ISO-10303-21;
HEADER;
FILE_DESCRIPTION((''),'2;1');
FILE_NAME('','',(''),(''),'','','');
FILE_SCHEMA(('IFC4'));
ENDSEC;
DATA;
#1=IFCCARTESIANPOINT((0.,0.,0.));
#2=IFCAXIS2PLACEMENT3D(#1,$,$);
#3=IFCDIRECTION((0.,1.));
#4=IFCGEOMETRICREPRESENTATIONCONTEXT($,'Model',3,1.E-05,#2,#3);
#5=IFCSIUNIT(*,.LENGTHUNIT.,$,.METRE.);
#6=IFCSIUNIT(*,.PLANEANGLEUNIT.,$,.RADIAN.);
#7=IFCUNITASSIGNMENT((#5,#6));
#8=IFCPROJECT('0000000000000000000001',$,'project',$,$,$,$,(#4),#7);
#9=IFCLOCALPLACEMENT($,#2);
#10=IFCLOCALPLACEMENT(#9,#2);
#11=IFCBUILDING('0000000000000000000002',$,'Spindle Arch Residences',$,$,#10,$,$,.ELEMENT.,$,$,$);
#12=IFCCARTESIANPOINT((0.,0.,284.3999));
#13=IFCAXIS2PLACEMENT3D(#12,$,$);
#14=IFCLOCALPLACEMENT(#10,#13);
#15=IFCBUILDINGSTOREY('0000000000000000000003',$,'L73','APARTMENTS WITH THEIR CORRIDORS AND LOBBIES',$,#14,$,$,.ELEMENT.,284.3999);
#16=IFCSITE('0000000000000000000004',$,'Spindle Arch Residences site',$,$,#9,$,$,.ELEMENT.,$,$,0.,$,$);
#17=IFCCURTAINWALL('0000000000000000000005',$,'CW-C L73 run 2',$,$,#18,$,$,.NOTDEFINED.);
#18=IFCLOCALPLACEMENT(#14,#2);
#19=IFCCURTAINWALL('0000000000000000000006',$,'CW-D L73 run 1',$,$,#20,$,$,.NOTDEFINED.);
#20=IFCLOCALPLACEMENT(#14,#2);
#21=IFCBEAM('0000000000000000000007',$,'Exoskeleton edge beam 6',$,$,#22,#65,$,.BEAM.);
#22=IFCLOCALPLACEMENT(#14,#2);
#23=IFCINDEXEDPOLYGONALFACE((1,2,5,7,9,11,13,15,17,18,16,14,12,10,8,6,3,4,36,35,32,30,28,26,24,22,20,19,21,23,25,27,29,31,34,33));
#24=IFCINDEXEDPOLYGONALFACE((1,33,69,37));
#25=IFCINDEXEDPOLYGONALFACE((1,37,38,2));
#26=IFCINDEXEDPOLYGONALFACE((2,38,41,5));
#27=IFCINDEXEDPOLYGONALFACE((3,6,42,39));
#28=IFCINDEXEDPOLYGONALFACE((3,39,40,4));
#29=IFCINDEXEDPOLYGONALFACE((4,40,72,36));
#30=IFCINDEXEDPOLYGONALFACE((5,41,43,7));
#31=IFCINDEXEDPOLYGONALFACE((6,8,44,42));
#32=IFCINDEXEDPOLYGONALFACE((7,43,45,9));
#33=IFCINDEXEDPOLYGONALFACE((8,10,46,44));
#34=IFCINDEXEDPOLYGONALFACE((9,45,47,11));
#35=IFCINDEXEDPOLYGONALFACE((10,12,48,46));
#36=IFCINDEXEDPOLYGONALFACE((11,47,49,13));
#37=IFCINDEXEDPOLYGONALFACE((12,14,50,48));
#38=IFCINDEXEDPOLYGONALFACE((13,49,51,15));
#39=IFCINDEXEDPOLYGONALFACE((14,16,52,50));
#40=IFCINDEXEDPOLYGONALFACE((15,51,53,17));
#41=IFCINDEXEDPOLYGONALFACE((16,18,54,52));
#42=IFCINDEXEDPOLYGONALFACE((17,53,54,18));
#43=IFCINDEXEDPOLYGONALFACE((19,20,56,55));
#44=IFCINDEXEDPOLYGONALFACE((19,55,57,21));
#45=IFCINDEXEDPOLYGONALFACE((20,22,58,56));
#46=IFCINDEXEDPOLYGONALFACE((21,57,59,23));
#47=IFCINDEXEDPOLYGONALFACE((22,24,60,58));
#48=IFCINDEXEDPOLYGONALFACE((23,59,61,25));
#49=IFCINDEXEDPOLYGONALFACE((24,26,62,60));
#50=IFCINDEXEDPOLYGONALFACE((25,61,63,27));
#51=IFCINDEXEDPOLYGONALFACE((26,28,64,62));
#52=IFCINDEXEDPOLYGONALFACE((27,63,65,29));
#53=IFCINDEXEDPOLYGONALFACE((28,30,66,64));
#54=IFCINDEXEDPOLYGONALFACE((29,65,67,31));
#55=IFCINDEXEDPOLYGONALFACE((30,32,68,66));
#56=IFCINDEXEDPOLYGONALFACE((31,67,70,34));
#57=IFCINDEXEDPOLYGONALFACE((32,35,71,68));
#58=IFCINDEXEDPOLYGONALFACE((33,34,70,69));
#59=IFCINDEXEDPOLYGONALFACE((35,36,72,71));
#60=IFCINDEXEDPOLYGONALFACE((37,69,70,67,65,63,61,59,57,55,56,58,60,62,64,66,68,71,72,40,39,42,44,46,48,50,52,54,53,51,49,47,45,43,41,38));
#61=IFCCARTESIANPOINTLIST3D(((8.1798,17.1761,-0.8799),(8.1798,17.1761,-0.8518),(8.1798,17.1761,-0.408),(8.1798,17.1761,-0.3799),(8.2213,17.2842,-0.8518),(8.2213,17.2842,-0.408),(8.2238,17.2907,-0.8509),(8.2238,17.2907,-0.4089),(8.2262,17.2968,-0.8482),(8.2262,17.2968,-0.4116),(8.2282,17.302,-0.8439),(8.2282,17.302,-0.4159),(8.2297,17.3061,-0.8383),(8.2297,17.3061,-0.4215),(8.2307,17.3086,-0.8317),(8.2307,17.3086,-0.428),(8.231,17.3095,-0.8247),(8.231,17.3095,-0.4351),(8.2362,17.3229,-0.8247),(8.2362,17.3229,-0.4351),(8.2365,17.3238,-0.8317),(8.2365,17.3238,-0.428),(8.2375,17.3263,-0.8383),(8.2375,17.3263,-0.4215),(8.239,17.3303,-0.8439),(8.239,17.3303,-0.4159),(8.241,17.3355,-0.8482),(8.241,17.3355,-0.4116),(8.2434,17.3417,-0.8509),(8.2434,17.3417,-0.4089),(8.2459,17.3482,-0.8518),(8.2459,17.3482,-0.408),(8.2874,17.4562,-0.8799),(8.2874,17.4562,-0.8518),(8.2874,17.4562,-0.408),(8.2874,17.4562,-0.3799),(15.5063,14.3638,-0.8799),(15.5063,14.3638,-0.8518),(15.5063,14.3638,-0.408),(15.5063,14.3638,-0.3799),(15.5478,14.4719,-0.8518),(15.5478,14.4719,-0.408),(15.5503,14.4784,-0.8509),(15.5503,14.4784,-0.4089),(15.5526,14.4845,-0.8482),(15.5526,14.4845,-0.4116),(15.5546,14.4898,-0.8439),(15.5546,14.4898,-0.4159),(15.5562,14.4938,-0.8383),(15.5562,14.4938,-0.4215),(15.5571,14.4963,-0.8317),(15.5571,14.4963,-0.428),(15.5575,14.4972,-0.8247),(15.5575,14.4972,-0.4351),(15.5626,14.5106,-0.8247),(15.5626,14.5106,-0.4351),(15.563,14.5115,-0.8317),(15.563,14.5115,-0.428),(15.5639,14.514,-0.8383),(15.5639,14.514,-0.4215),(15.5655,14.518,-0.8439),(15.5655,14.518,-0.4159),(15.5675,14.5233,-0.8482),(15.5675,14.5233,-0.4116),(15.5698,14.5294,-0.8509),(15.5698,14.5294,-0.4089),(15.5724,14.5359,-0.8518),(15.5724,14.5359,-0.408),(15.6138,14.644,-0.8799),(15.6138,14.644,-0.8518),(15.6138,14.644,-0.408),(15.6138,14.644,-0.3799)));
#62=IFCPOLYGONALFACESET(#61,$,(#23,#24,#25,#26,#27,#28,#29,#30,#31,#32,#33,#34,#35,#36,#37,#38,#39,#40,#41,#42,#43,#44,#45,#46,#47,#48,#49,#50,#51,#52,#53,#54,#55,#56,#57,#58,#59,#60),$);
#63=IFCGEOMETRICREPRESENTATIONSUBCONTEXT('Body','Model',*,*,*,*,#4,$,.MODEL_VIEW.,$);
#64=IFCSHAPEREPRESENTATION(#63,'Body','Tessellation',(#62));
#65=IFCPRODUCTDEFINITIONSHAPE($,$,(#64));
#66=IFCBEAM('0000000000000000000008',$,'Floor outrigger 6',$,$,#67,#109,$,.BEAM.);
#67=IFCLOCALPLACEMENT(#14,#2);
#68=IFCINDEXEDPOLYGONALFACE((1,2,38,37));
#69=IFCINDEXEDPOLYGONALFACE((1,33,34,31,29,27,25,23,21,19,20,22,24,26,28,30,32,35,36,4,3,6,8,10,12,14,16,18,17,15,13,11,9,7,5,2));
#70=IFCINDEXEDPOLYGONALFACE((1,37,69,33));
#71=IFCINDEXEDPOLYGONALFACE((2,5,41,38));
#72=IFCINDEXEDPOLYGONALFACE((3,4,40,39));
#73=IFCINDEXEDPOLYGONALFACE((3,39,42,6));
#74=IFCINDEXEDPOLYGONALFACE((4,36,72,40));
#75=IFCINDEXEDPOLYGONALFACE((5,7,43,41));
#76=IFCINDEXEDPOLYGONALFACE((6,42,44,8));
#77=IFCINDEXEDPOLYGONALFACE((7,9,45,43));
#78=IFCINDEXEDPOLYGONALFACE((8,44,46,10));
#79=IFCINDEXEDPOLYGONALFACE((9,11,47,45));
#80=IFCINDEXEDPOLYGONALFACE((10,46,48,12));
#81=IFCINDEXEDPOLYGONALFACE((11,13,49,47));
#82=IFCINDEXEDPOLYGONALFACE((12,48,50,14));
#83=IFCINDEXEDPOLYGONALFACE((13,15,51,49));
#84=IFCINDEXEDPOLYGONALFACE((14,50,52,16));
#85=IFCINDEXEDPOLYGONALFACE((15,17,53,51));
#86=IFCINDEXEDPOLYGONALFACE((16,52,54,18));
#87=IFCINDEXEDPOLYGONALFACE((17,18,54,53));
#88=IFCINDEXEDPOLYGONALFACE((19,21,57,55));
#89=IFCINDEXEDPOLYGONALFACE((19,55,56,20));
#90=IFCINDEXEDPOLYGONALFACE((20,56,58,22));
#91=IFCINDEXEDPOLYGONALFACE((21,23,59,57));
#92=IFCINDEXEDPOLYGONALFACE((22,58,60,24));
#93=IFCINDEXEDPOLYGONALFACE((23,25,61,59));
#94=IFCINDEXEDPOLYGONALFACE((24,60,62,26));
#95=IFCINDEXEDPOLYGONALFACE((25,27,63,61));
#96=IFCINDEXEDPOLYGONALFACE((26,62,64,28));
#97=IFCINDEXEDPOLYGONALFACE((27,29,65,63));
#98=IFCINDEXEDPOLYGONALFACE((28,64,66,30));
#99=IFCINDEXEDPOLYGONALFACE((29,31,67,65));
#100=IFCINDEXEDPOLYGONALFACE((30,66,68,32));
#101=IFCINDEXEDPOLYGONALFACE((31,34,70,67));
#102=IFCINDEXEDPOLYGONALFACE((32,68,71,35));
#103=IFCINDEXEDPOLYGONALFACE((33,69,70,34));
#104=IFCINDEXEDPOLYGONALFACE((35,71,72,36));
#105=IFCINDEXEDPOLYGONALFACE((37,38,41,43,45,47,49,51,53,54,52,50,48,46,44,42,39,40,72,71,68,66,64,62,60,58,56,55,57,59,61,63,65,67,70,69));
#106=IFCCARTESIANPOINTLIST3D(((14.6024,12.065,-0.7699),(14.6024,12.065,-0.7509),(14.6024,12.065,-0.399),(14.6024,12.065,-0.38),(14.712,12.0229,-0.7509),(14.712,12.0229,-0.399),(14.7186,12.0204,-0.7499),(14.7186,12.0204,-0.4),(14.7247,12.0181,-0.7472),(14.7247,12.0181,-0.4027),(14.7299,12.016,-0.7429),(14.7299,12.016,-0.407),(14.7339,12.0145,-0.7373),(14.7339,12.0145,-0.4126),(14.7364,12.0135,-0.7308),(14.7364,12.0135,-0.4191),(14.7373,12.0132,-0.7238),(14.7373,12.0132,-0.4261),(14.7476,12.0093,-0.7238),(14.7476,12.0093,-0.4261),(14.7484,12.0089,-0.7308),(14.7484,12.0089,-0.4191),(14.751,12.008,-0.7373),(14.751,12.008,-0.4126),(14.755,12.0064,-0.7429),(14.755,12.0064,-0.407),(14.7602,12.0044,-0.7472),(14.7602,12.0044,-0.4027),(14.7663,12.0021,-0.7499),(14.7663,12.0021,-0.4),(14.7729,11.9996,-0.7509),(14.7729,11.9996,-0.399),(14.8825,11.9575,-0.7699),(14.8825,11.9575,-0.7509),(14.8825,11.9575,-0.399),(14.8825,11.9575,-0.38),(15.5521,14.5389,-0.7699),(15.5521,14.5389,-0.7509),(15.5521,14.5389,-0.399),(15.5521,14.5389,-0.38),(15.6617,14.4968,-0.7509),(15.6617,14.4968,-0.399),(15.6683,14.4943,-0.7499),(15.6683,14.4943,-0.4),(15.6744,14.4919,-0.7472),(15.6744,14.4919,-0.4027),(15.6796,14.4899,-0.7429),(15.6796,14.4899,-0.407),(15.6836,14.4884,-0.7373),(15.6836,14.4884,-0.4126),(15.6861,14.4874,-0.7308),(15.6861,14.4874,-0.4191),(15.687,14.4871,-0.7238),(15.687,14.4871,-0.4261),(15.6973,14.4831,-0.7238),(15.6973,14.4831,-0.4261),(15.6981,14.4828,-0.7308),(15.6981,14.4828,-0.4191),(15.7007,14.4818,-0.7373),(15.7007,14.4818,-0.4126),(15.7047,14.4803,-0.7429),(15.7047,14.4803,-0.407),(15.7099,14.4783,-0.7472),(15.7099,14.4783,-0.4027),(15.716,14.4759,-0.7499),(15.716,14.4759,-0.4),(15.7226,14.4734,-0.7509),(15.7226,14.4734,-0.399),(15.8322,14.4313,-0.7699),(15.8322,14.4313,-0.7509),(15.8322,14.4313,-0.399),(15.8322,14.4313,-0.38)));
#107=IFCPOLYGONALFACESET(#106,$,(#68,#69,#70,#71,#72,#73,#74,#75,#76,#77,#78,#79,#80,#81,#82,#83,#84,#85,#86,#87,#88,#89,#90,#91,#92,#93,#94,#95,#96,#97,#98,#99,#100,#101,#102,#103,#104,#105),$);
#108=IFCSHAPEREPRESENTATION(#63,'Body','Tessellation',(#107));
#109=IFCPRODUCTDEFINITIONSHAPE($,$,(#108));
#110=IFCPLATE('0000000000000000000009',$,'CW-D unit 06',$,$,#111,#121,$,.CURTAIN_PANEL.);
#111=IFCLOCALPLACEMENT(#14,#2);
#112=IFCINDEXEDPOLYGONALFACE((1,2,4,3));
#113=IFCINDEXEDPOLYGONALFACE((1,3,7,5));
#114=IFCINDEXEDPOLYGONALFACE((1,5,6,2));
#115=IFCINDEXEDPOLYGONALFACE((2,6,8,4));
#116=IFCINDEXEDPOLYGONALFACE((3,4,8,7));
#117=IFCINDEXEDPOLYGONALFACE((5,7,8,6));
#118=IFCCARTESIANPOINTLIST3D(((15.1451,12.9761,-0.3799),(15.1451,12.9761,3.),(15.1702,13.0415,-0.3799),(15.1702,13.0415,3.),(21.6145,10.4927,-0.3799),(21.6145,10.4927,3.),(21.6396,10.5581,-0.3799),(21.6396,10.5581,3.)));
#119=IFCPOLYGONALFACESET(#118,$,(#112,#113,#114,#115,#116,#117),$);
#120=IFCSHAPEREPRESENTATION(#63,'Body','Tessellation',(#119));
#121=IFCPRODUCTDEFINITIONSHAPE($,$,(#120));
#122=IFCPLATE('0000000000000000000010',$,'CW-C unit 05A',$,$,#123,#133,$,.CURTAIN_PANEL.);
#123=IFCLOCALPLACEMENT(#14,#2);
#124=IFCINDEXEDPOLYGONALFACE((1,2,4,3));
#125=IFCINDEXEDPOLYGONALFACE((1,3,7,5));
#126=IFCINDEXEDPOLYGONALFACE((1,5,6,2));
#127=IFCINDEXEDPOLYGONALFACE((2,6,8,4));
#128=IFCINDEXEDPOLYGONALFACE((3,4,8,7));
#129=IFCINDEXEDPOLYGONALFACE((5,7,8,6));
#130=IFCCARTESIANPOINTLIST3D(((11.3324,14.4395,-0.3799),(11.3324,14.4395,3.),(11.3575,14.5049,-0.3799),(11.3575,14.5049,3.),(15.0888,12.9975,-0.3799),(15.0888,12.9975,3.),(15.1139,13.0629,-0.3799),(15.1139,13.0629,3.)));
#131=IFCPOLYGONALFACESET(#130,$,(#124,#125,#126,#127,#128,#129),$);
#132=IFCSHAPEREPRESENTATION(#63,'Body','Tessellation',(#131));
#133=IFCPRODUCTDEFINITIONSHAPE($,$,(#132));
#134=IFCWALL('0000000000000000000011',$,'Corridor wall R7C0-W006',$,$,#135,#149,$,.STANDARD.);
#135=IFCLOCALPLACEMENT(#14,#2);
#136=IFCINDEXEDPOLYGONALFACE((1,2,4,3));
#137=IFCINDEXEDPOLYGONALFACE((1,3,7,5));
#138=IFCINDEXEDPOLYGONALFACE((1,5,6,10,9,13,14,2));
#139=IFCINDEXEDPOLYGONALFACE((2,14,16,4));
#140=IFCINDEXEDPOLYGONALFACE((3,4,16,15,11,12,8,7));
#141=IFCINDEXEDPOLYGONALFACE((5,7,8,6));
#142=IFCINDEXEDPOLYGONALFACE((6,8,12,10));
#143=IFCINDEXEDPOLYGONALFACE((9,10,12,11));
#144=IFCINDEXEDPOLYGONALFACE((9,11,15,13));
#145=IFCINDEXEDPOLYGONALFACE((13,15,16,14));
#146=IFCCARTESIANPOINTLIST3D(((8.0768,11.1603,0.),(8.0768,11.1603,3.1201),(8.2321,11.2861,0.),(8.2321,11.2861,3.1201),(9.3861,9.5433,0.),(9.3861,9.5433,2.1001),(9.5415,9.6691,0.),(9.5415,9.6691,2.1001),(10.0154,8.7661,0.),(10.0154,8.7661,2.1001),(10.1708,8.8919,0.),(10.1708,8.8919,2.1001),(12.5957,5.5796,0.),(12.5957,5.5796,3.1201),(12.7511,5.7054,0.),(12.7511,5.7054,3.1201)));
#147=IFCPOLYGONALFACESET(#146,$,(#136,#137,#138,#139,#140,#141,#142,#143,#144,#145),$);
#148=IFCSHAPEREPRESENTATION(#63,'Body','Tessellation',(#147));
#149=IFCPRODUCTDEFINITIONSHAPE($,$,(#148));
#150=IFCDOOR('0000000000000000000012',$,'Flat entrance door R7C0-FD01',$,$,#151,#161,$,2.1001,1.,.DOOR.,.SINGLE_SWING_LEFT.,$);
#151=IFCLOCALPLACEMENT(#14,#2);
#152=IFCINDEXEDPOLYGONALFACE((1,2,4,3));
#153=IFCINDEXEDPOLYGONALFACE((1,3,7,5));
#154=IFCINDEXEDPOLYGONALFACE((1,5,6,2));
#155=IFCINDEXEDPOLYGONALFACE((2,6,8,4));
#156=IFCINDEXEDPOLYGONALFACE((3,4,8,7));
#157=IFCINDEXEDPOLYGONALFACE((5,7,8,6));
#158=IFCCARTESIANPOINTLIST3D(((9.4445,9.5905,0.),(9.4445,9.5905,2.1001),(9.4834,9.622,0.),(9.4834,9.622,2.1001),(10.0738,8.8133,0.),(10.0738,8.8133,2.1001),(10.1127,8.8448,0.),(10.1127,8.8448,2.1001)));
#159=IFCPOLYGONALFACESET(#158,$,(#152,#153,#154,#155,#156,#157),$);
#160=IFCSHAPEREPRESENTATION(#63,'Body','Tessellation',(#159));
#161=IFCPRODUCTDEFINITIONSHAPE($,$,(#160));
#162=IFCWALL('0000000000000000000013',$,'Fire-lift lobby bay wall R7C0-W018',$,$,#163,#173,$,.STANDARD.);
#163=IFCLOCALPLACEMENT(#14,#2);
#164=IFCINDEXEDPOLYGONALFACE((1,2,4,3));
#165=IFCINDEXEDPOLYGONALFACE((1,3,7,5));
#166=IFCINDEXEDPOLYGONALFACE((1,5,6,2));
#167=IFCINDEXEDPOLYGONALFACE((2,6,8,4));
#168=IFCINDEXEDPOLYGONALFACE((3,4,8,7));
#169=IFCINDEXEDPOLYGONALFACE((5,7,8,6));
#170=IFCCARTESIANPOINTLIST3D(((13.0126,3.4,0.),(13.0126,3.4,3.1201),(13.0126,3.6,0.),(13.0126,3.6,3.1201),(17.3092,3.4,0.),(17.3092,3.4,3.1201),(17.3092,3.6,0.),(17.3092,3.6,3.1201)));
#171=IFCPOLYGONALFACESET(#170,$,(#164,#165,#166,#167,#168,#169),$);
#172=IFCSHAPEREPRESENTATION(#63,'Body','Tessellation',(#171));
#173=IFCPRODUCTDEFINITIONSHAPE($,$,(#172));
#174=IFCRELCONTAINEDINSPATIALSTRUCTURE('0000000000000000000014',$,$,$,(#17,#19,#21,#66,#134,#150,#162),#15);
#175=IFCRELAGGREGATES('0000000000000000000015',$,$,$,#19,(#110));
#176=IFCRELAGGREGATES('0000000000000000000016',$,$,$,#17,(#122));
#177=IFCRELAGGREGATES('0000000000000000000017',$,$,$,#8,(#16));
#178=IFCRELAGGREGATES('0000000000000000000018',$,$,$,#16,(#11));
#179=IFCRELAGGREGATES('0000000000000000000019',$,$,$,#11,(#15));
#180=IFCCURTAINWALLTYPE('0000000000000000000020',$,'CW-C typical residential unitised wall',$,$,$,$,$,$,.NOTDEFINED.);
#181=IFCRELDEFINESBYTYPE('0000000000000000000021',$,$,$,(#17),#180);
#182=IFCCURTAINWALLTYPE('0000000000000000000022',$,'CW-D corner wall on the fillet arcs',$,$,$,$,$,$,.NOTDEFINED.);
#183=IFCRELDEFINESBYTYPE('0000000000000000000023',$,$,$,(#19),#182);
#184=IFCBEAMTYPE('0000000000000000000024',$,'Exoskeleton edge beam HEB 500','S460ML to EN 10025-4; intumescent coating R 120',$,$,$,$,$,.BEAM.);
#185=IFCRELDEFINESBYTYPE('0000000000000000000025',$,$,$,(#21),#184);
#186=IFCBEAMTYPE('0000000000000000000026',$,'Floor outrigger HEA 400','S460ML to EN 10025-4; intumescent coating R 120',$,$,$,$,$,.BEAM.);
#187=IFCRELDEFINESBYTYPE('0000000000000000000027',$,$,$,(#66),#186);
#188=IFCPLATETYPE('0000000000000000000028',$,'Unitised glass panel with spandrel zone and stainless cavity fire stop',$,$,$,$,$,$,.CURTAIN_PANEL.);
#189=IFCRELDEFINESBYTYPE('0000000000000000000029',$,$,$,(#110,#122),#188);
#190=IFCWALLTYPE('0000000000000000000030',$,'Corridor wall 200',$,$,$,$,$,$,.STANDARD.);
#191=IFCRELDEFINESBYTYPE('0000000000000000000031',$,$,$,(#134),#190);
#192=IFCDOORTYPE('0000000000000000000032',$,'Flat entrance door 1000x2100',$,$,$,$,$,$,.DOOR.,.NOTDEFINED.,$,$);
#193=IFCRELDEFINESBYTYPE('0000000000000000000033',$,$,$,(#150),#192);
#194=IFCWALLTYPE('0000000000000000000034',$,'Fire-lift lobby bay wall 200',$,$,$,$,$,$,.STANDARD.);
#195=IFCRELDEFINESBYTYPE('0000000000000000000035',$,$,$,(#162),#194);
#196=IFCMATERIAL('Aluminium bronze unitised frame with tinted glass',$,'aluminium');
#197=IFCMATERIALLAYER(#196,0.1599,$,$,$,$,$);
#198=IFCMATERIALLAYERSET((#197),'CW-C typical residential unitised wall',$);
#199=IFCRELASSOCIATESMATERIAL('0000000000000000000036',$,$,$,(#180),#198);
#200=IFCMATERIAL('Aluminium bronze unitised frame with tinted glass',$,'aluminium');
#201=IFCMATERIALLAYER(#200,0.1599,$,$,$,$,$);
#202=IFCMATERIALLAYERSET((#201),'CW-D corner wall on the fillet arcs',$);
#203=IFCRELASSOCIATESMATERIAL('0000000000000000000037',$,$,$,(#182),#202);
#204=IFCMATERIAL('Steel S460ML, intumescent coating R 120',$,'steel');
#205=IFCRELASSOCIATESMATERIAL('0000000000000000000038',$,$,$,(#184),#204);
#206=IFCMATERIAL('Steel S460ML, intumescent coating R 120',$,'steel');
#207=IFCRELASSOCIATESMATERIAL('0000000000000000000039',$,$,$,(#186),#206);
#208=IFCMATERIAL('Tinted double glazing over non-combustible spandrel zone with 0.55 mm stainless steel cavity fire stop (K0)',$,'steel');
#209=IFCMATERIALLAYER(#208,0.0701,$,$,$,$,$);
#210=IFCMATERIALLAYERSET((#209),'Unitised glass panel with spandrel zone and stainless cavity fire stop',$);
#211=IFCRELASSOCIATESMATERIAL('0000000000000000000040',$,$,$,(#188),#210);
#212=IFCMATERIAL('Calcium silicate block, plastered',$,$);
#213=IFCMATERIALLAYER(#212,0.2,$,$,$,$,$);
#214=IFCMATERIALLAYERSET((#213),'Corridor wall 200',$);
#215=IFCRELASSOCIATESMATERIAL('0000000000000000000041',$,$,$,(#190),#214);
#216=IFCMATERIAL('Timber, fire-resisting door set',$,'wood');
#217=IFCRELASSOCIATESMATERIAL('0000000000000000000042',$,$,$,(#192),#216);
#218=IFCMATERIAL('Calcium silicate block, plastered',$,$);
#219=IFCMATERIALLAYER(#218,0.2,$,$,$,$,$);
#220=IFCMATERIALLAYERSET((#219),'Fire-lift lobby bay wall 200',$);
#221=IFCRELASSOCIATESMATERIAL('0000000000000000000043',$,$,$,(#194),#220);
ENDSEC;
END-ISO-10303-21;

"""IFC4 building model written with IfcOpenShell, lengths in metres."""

from ifc_helpers import new_model, si_unit, direction, frame, frame_2d, origin, origin_2d, place, context, subcontext, project, spatial, rectangle, i_section, extrude, material, layer, layer_set, material_profile, profile_set, type_object, element, fill, aggregate, save


model = new_model("IFC4")

# Units and contexts
model_context = context("Model", 3, precision=1e-05, world=origin(), true_north=direction((0.0, 1.0)))
body_context = subcontext(model_context, "Body", "Model", "MODEL_VIEW")
ifc_project = project(units=[si_unit("LENGTHUNIT", "METRE"), si_unit("PLANEANGLEUNIT", "RADIAN")], contexts=[model_context])

# Site, building, storey
site_placement = place(None, origin())
site = spatial("IfcSite", under=ifc_project, at=site_placement, Name="Spindle Arch Residences site", CompositionType="ELEMENT", RefElevation=0.0)
building_placement = place(site_placement, origin())
building = spatial("IfcBuilding", under=site, at=building_placement, Name="Spindle Arch Residences", CompositionType="ELEMENT")
storey_placement = place(building_placement, frame((0.0, 0.0, 284.3999)))
storey = spatial("IfcBuildingStorey", under=building, at=storey_placement, Name="L73", Description="APARTMENTS WITH THEIR CORRIDORS AND LOBBIES", CompositionType="ELEMENT", Elevation=284.3999)

# Curtain walls
ifc_material_1 = material(Name="Aluminium bronze unitised frame with tinted glass", Category="aluminium")
ifc_layer_1 = layer(ifc_material_1, 0.1599)
ifc_layer_set_1 = layer_set([ifc_layer_1], Name="CW-C typical residential unitised wall")
curtain_wall_type_1 = type_object("IfcCurtainWallType", Name="CW-C typical residential unitised wall", PredefinedType="NOTDEFINED", material=ifc_layer_set_1)
curtain_wall_1_placement = place(storey_placement, origin())
curtain_wall_1 = element("IfcCurtainWall", 1, at=curtain_wall_1_placement, inside=storey, type_object=curtain_wall_type_1, Name="CW-C L73 run 2", PredefinedType="NOTDEFINED")
ifc_material_2 = material(Name="Aluminium bronze unitised frame with tinted glass", Category="aluminium")
ifc_layer_2 = layer(ifc_material_2, 0.1599)
ifc_layer_set_2 = layer_set([ifc_layer_2], Name="CW-D corner wall on the fillet arcs")
curtain_wall_type_2 = type_object("IfcCurtainWallType", Name="CW-D corner wall on the fillet arcs", PredefinedType="NOTDEFINED", material=ifc_layer_set_2)
curtain_wall_2_placement = place(storey_placement, origin())
curtain_wall_2 = element("IfcCurtainWall", 2, at=curtain_wall_2_placement, inside=storey, type_object=curtain_wall_type_2, Name="CW-D L73 run 1", PredefinedType="NOTDEFINED")

# Beams
ifc_material_3 = material(Name="Steel S460ML, intumescent coating R 120", Category="steel")
ifc_material_profile_1 = material_profile(ifc_material_3, i_section(OverallWidth=0.3, OverallDepth=0.5, WebThickness=0.0144, FlangeThickness=0.0281, FilletRadius=0.0271, at=origin_2d()), Name="HEB 500")
ifc_profile_set_1 = profile_set([ifc_material_profile_1], Name="Steel S460ML, intumescent coating R 120")
beam_type_1 = type_object("IfcBeamType", Name="Exoskeleton edge beam HEB 500", Description="S460ML to EN 10025-4; intumescent coating R 120", PredefinedType="BEAM", material=ifc_profile_set_1)
beam_1_placement = place(storey_placement, frame((15.5601, 14.5039, -0.6299), z_axis=(-0.933584, 0.358358, 0.0), x_axis=(-0.358358, -0.933584, 0.0)))
element("IfcBeam", 3, at=beam_1_placement, inside=storey, type_object=beam_type_1, Name="Exoskeleton edge beam 6", PredefinedType="BEAM", context=body_context, shape_type="SweptSolid", body=[
    extrude(i_section(OverallWidth=0.3, OverallDepth=0.5, WebThickness=0.0144, FlangeThickness=0.0281, FilletRadius=0.0271, at=origin_2d()), origin(), (0.0, 0.0, 1.0), 7.8477),
])
ifc_material_4 = material(Name="Steel S460ML, intumescent coating R 120", Category="steel")
ifc_material_profile_2 = material_profile(ifc_material_4, i_section(OverallWidth=0.3, OverallDepth=0.3899, WebThickness=0.011, FlangeThickness=0.019, FilletRadius=0.0271, at=origin_2d()), Name="HEA 400")
ifc_profile_set_2 = profile_set([ifc_material_profile_2], Name="Steel S460ML, intumescent coating R 120")
beam_type_2 = type_object("IfcBeamType", Name="Floor outrigger HEA 400", Description="S460ML to EN 10025-4; intumescent coating R 120", PredefinedType="BEAM", material=ifc_profile_set_2)
beam_2_placement = place(storey_placement, frame((15.6921, 14.4851, -0.575), z_axis=(-0.358392, -0.933571, 0.0), x_axis=(0.933571, -0.358392, 0.0)))
element("IfcBeam", 4, at=beam_2_placement, inside=storey, type_object=beam_type_2, Name="Floor outrigger 6", PredefinedType="BEAM", context=body_context, shape_type="SweptSolid", body=[
    extrude(i_section(OverallWidth=0.3, OverallDepth=0.3899, WebThickness=0.011, FlangeThickness=0.019, FilletRadius=0.0271, at=origin_2d()), origin(), (0.0, 0.0, 1.0), 2.6499),
])

# Plates
ifc_material_5 = material(Name="Tinted double glazing over non-combustible spandrel zone with 0.55 mm stainless steel cavity fire stop (K0)", Category="steel")
ifc_layer_3 = layer(ifc_material_5, 0.0701)
ifc_layer_set_3 = layer_set([ifc_layer_3], Name="Unitised glass panel with spandrel zone and stainless cavity fire stop")
plate_type = type_object("IfcPlateType", Name="Unitised glass panel with spandrel zone and stainless cavity fire stop", PredefinedType="CURTAIN_PANEL", material=ifc_layer_set_3)
plate_1_placement = place(storey_placement, frame((18.3923, 11.7671, -0.3799), z_axis=(0.0, 0.0, 1.0), x_axis=(-0.93358, 0.358368, 0.0)))
plate_1 = element("IfcPlate", 5, at=plate_1_placement, type_object=plate_type, Name="CW-D unit 06", PredefinedType="CURTAIN_PANEL", context=body_context, shape_type="SweptSolid", body=[
    extrude(rectangle(XDim=6.9297, YDim=0.0701, at=origin_2d()), origin(), (0.0, 0.0, 1.0), 3.3799),
])
aggregate(curtain_wall_2, [plate_1])
plate_2_placement = place(storey_placement, frame((13.2231, 13.7512, -0.3799), z_axis=(0.0, 0.0, 1.0), x_axis=(-0.93358, 0.358368, 0.0)))
plate_2 = element("IfcPlate", 6, at=plate_2_placement, type_object=plate_type, Name="CW-C unit 05A", PredefinedType="CURTAIN_PANEL", context=body_context, shape_type="SweptSolid", body=[
    extrude(rectangle(XDim=4.0237, YDim=0.0701, at=origin_2d()), origin(), (0.0, 0.0, 1.0), 3.3799),
])
aggregate(curtain_wall_1, [plate_2])

# Wall, opening, door
ifc_material_6 = material(Name="Calcium silicate block, plastered")
ifc_layer_4 = layer(ifc_material_6, 0.2)
ifc_layer_set_4 = layer_set([ifc_layer_4], Name="Corridor wall 200")
wall_type_1 = type_object("IfcWallType", Name="Corridor wall 200", PredefinedType="STANDARD", material=ifc_layer_set_4)
wall_1_placement = place(storey_placement, frame((12.6733, 5.6426, 0.0), z_axis=(0.0, 0.0, 1.0), x_axis=(-0.629303, 0.77716, 0.0)))
wall_1 = element("IfcWall", 7, at=wall_1_placement, inside=storey, type_object=wall_type_1, Name="Corridor wall R7C0-W006", PredefinedType="STANDARD", context=body_context, shape_type="SweptSolid", body=[
    extrude(rectangle(XDim=7.1809, YDim=0.2, at=frame_2d((3.5903, 0.0))), origin(), (0.0, 0.0, 1.0), 3.1201),
])
opening_1_placement = place(wall_1_placement, frame((4.1001, 0.0, 0.0)))
opening_1 = element("IfcOpeningElement", 8, at=opening_1_placement, cuts=wall_1, PredefinedType="OPENING", context=body_context, shape_type="SweptSolid", body=[
    extrude(rectangle(XDim=1.0, YDim=2.1001, at=frame_2d((0.5, 1.05))), frame((0.0, 0.1099, 0.0), z_axis=(0.0, -1.0, 0.0), x_axis=(1.0, 0.0, 0.0)), (0.0, 0.0, 1.0), 0.22),
])
ifc_material_7 = material(Name="Timber, fire-resisting door set", Category="wood")
door_type_1 = type_object("IfcDoorType", Name="Flat entrance door 1000x2100", OperationType="NOTDEFINED", PredefinedType="DOOR", material=ifc_material_7)
door_1_placement = place(opening_1_placement, origin())
door_1 = element("IfcDoor", 9, at=door_1_placement, inside=storey, type_object=door_type_1, Name="Flat entrance door R7C0-FD01", OperationType="SINGLE_SWING_LEFT", OverallHeight=2.1001, OverallWidth=1.0, PredefinedType="DOOR", context=body_context, shape_type="SweptSolid", body=[
    extrude(rectangle(XDim=1.0, YDim=2.1001, at=frame_2d((0.5, 1.05))), frame((0.0, 0.0249, 0.0), z_axis=(0.0, -1.0, 0.0), x_axis=(1.0, 0.0, 0.0)), (0.0, 0.0, 1.0), 0.05),
])
fill(opening_1, door_1)

# Wall
ifc_material_8 = material(Name="Calcium silicate block, plastered")
ifc_layer_5 = layer(ifc_material_8, 0.2)
ifc_layer_set_5 = layer_set([ifc_layer_5], Name="Fire-lift lobby bay wall 200")
wall_type_2 = type_object("IfcWallType", Name="Fire-lift lobby bay wall 200", PredefinedType="STANDARD", material=ifc_layer_set_5)
wall_2_placement = place(storey_placement, frame((17.3093, 3.5, 0.0), z_axis=(0.0, 0.0, 1.0), x_axis=(-1.0, 0.0, 0.0)))
element("IfcWall", 10, at=wall_2_placement, inside=storey, type_object=wall_type_2, Name="Fire-lift lobby bay wall R7C0-W018", PredefinedType="STANDARD", context=body_context, shape_type="SweptSolid", body=[
    extrude(rectangle(XDim=4.2966, YDim=0.2, at=frame_2d((2.1484, 0.0))), origin(), (0.0, 0.0, 1.0), 3.1201),
])

save(model, "model.ifc")
